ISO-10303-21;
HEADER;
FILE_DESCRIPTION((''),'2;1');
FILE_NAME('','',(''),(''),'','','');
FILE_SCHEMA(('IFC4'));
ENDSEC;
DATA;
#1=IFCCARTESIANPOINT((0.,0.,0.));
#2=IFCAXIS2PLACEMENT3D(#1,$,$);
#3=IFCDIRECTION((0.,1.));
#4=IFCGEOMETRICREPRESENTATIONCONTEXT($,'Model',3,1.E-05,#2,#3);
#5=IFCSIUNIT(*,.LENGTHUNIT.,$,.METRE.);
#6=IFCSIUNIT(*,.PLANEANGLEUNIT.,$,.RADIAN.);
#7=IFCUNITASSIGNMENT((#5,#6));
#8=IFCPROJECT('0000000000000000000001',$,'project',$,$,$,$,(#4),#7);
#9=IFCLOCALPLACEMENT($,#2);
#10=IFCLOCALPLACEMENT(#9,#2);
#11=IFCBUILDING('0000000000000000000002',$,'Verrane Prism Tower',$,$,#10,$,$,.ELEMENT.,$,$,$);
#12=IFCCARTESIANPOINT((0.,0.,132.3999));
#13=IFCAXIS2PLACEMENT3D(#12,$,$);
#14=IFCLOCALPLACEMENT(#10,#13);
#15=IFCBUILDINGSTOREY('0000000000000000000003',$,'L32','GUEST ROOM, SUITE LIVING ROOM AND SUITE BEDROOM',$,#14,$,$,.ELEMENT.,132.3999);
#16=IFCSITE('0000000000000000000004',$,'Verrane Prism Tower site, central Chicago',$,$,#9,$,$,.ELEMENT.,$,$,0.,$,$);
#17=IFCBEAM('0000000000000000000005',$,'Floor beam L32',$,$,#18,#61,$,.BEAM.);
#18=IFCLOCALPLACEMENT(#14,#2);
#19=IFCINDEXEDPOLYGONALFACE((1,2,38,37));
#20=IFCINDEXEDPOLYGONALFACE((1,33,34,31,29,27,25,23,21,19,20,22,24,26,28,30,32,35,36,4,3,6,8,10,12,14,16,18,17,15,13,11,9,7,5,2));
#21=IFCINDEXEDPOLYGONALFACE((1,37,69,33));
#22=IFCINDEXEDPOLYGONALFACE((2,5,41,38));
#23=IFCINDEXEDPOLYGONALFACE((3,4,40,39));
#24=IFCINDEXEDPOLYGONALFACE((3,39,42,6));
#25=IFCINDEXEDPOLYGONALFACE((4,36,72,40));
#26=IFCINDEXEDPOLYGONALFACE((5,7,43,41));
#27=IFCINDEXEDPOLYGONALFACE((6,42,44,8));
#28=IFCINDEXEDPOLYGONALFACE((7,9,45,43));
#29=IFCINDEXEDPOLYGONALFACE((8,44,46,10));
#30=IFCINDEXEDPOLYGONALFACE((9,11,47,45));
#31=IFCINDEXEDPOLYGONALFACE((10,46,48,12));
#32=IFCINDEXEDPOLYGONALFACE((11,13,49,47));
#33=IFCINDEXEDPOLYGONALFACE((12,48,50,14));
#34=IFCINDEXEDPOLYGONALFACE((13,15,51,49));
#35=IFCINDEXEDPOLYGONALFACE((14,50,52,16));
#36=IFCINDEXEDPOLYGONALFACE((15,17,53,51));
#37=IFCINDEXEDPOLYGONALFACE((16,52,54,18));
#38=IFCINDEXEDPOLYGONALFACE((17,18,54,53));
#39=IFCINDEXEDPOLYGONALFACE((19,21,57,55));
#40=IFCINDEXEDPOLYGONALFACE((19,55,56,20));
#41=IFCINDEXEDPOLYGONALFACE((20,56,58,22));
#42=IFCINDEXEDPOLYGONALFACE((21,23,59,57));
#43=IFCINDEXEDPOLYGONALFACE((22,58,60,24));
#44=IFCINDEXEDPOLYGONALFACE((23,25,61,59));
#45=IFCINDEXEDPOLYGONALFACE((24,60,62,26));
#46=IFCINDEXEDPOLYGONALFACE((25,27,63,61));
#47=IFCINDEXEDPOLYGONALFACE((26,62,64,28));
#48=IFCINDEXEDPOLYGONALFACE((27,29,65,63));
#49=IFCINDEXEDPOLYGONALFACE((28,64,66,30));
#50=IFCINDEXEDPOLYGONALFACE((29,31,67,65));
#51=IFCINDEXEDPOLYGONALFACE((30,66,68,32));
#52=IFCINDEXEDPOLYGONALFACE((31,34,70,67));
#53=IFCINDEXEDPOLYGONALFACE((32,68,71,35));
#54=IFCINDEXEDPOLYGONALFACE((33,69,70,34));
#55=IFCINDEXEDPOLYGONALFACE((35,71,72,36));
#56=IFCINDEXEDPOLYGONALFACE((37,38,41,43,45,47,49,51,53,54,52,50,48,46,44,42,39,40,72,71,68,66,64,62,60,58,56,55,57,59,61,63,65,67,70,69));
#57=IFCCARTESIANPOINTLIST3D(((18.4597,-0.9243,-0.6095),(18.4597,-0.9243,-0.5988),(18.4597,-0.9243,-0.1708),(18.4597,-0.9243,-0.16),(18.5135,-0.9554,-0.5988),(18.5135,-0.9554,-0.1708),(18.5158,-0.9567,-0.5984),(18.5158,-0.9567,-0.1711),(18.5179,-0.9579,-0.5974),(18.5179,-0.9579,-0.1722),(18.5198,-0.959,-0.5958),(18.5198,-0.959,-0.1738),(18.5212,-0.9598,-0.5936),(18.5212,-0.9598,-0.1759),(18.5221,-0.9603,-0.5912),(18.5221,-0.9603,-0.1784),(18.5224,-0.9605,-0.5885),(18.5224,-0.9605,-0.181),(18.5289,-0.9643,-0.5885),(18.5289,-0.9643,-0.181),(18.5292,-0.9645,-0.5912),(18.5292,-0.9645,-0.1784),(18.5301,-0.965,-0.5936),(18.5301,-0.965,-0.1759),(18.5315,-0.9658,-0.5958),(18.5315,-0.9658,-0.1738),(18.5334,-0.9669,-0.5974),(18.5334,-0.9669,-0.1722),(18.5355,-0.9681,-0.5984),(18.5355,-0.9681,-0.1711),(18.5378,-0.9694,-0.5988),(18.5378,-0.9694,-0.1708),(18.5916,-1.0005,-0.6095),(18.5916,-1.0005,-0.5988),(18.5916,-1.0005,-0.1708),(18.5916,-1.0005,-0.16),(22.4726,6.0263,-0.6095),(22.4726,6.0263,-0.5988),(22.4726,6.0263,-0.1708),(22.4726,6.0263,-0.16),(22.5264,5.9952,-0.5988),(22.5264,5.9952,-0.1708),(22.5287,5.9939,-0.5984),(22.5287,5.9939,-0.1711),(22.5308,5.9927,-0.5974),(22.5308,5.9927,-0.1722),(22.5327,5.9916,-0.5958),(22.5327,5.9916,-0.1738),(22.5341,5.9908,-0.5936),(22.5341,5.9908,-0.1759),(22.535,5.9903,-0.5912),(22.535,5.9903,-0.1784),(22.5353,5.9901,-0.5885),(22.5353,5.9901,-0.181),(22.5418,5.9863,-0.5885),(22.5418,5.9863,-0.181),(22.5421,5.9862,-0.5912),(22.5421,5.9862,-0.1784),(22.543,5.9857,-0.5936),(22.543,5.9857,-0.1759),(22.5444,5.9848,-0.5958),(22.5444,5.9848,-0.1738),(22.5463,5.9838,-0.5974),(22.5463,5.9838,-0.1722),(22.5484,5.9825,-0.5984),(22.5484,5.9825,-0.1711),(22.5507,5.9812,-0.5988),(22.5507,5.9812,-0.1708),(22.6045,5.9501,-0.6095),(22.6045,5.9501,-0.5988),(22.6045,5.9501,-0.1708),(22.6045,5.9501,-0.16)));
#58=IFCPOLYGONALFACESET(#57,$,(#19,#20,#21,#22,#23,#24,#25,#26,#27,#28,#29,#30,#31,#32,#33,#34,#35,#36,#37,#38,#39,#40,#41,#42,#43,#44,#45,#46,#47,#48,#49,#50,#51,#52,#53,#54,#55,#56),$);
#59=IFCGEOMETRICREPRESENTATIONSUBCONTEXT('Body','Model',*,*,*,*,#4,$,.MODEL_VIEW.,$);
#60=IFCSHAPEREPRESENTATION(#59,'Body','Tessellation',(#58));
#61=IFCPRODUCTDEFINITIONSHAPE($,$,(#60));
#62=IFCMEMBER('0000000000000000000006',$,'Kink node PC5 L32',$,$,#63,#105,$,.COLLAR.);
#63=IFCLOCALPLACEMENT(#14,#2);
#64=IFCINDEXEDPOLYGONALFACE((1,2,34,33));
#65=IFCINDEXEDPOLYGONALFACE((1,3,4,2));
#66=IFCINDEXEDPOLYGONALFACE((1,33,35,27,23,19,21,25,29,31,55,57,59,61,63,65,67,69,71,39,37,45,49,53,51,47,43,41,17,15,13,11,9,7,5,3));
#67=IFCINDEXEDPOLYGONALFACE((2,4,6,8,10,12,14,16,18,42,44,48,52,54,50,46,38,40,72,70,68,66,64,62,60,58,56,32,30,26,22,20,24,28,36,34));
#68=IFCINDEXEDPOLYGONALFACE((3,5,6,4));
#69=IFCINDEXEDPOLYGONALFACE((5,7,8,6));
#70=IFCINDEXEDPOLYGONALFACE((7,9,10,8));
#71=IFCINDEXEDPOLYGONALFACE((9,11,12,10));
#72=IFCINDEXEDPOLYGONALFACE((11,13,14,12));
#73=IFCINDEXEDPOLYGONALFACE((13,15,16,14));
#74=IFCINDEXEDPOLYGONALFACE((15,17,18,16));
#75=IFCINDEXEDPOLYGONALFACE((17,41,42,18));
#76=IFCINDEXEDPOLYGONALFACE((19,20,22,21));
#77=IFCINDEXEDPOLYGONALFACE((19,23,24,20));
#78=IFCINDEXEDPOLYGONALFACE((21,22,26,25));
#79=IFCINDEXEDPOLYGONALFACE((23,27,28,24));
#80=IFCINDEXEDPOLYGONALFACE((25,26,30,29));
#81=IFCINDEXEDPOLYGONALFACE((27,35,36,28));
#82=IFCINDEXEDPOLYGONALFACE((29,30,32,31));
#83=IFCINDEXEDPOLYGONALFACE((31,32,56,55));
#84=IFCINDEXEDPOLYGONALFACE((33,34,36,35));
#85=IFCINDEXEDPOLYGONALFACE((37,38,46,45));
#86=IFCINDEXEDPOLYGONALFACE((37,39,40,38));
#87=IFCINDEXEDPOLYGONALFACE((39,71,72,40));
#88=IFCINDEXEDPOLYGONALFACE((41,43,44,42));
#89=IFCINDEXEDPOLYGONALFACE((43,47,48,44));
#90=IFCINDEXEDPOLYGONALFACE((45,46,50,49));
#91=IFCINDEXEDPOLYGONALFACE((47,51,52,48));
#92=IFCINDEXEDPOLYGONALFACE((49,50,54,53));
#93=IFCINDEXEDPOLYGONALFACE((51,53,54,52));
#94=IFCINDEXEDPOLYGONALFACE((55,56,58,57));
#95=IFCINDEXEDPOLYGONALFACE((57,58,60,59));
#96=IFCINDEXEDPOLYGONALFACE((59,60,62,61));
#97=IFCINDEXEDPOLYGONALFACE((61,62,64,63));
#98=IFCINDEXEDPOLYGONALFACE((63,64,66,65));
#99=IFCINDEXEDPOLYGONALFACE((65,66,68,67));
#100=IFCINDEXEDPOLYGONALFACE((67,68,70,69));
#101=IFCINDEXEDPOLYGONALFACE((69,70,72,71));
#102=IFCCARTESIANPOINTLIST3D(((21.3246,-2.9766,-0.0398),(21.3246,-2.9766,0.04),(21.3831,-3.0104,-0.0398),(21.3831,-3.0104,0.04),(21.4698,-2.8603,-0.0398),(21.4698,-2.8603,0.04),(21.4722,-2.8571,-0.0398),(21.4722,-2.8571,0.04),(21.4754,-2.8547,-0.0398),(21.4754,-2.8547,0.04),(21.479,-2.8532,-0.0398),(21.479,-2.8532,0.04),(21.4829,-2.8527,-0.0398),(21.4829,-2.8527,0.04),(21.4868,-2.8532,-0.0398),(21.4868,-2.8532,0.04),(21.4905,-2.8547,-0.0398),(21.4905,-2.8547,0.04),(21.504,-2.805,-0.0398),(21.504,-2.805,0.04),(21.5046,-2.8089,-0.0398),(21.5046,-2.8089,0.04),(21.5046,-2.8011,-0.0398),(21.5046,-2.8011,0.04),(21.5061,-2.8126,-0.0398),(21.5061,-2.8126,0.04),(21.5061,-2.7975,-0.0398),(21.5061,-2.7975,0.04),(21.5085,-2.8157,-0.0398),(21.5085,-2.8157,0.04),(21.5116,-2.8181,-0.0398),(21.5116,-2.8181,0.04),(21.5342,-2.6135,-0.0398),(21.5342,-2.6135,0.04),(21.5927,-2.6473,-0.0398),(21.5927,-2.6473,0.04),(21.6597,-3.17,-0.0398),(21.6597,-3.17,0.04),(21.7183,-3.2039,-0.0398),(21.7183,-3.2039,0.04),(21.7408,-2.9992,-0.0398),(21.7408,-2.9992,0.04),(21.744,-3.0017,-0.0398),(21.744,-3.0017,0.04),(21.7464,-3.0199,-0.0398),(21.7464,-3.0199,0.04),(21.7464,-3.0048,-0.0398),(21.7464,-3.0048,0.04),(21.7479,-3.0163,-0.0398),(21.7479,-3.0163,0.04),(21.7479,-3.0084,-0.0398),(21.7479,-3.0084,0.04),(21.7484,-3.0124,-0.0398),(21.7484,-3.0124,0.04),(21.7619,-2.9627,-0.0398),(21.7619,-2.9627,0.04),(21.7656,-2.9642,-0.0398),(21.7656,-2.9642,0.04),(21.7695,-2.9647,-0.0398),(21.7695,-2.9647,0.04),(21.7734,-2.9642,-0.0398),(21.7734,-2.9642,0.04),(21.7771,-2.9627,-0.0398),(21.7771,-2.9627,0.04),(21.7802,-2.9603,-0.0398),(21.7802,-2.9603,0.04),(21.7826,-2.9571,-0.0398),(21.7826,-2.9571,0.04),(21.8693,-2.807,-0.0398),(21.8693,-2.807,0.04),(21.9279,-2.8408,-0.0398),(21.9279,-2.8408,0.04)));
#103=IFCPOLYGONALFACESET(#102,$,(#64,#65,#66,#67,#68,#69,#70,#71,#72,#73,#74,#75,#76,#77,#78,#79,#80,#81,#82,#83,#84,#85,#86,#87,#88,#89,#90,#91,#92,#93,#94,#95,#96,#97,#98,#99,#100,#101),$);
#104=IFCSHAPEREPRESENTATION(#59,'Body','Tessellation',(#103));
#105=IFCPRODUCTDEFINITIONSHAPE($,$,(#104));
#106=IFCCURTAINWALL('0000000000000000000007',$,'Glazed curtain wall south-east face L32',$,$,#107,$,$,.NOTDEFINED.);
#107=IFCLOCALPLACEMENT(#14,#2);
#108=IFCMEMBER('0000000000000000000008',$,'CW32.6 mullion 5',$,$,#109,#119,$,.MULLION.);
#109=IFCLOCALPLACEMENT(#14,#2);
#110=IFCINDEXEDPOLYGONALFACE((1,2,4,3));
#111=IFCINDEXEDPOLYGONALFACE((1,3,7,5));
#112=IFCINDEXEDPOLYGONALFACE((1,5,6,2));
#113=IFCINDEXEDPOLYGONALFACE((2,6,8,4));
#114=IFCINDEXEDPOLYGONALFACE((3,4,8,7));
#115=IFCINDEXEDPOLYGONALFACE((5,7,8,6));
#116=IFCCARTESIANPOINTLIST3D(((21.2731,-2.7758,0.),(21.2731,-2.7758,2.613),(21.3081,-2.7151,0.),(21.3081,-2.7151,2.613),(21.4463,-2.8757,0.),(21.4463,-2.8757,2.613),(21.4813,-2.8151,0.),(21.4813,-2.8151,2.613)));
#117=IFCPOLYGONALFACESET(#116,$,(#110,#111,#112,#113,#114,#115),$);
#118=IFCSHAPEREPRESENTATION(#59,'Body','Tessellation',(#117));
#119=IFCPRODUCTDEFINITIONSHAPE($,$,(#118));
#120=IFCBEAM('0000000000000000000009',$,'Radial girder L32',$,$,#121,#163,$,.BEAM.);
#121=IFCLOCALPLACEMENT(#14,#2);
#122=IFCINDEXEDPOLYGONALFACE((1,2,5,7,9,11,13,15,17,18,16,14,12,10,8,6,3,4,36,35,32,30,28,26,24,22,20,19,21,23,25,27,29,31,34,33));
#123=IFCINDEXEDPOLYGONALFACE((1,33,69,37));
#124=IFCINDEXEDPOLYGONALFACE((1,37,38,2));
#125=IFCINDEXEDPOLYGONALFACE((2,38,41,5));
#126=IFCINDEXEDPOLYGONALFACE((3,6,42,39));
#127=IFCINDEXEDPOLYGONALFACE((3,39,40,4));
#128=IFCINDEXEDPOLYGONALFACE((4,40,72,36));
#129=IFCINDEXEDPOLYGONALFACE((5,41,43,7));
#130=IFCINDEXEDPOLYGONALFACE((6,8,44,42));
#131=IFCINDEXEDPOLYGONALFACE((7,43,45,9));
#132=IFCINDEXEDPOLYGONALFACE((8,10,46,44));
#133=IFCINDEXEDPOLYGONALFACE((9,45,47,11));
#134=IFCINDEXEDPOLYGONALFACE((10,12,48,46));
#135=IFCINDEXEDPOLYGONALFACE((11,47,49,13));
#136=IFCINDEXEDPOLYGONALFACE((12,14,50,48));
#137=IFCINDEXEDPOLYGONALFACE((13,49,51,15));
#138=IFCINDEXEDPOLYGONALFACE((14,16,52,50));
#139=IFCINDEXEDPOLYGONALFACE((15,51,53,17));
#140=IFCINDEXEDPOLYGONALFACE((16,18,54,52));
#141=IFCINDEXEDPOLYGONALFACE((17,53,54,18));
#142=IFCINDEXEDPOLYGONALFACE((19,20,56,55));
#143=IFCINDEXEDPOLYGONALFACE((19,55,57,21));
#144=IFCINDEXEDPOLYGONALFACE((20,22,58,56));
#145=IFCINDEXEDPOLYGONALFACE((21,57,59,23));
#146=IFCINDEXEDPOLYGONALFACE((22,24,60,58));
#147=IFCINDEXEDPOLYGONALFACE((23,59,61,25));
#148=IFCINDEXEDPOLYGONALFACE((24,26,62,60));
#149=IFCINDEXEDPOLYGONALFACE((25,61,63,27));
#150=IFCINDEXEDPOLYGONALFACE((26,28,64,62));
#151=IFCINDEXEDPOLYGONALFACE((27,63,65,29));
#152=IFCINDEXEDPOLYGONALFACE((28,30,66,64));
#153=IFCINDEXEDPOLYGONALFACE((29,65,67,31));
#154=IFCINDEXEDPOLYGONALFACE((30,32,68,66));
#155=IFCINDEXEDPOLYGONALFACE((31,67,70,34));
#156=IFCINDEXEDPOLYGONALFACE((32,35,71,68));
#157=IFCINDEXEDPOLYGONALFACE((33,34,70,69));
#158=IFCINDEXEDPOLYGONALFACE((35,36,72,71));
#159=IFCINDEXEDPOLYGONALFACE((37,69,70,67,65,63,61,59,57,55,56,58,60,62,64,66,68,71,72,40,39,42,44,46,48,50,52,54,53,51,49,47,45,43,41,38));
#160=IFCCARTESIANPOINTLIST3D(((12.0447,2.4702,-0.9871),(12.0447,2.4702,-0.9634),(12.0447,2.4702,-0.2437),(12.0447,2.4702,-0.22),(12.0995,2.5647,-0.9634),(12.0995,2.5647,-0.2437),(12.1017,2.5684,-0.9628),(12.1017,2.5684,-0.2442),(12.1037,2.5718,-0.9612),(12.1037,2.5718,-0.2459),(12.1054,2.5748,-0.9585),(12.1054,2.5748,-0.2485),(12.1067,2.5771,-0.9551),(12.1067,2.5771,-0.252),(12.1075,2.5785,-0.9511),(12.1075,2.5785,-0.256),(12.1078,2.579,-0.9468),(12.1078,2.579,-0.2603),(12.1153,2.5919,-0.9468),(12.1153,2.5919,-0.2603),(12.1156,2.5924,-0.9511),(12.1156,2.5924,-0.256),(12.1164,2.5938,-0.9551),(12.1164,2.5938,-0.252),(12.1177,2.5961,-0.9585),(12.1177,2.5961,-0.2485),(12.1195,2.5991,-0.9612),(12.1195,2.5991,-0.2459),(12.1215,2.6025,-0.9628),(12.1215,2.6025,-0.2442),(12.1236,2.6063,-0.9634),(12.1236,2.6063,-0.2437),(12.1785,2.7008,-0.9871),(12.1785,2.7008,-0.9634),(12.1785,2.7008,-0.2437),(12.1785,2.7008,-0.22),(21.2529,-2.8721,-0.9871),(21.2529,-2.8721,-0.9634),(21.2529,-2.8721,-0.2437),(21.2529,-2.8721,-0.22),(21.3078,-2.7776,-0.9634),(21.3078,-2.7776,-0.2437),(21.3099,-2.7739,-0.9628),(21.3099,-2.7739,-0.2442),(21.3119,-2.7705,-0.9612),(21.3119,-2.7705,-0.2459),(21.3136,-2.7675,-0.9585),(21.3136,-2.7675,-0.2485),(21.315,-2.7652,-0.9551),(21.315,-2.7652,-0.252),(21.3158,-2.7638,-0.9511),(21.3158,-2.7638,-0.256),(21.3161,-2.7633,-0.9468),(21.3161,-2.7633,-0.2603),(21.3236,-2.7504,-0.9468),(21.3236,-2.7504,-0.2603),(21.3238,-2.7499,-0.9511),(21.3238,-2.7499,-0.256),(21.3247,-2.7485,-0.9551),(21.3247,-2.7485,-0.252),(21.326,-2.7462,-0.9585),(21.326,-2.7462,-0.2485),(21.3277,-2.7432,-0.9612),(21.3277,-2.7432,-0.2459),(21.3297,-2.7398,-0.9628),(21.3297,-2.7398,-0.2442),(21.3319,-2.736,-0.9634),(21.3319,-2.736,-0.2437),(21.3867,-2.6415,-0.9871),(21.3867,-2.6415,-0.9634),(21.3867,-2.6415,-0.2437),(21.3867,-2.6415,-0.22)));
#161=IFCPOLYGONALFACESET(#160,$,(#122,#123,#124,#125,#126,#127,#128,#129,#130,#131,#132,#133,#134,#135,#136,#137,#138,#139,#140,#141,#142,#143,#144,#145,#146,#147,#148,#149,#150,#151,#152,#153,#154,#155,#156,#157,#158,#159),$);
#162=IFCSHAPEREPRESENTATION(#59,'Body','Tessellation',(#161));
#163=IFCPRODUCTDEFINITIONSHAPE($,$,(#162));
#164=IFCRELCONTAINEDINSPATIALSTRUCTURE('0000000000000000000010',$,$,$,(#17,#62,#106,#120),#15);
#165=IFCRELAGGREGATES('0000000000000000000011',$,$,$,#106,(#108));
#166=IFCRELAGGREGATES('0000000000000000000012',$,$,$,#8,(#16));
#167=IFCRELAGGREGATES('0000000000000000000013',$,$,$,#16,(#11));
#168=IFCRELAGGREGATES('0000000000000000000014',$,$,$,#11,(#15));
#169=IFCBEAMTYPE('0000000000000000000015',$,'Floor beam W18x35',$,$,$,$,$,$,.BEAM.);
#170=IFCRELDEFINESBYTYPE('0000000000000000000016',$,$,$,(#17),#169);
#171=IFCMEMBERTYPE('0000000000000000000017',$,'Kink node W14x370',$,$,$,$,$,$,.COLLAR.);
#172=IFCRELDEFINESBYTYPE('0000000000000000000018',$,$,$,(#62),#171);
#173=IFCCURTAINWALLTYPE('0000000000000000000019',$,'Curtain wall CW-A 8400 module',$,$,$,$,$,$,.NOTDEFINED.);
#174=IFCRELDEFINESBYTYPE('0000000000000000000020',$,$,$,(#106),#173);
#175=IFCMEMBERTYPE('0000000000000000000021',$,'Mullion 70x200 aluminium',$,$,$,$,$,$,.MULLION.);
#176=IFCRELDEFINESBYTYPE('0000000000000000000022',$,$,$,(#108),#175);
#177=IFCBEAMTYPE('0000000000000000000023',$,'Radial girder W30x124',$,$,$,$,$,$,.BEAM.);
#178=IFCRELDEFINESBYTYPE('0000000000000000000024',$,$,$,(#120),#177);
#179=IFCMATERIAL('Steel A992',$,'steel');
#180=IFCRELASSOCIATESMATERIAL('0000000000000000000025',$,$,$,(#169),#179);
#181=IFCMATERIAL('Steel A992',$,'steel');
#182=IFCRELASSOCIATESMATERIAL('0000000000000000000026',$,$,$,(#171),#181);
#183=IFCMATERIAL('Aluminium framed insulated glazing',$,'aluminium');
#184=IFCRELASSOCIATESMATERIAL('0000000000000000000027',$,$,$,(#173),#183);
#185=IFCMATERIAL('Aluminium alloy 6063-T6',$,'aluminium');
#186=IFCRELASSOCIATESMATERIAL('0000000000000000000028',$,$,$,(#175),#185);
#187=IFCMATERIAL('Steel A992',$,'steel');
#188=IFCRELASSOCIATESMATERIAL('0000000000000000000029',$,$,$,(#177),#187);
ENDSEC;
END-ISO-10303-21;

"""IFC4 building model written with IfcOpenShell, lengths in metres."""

from ifc_helpers import new_model, si_unit, direction, frame, origin, origin_2d, place, context, subcontext, project, spatial, rectangle, i_section, extrude, material, material_profile, profile_set, type_object, element, aggregate, save


model = new_model("IFC4")

# Units and contexts
model_context = context("Model", 3, precision=1e-05, world=origin(), true_north=direction((0.0, 1.0)))
body_context = subcontext(model_context, "Body", "Model", "MODEL_VIEW")
ifc_project = project(units=[si_unit("LENGTHUNIT", "METRE"), si_unit("PLANEANGLEUNIT", "RADIAN")], contexts=[model_context])

# Site, building, storey
site_placement = place(None, origin())
site = spatial("IfcSite", under=ifc_project, at=site_placement, Name="Verrane Prism Tower site, central Chicago", CompositionType="ELEMENT", RefElevation=0.0)
building_placement = place(site_placement, origin())
building = spatial("IfcBuilding", under=site, at=building_placement, Name="Verrane Prism Tower", CompositionType="ELEMENT")
storey_placement = place(building_placement, frame((0.0, 0.0, 132.3999)))
storey = spatial("IfcBuildingStorey", under=building, at=storey_placement, Name="L32", Description="GUEST ROOM, SUITE LIVING ROOM AND SUITE BEDROOM", CompositionType="ELEMENT", Elevation=132.3999)

# Beam
ifc_material_1 = material(Name="Steel A992", Category="steel")
ifc_material_profile_1 = material_profile(ifc_material_1, i_section(OverallWidth=0.1523, OverallDepth=0.4495, WebThickness=0.0076, FlangeThickness=0.0107, FilletRadius=0.0103, at=origin_2d()), Name="W18x35")
ifc_profile_set_1 = profile_set([ifc_material_profile_1], Name="Steel A992")
beam_type_1 = type_object("IfcBeamType", Name="Floor beam W18x35", PredefinedType="BEAM", material=ifc_profile_set_1)
beam_1_placement = place(storey_placement, frame((18.5256, -0.9624, -0.3848), z_axis=(0.499996, 0.866028, 0.0), x_axis=(-0.866028, 0.499996, 0.0)))
element("IfcBeam", 1, at=beam_1_placement, inside=storey, type_object=beam_type_1, Name="Floor beam L32", PredefinedType="BEAM", context=body_context, shape_type="SweptSolid", body=[
    extrude(i_section(OverallWidth=0.1523, OverallDepth=0.4495, WebThickness=0.0076, FlangeThickness=0.0107, FilletRadius=0.0103, at=origin_2d()), origin(), (0.0, 0.0, 1.0), 8.0259),
])

# Member
ifc_material_2 = material(Name="Steel A992", Category="steel")
ifc_material_profile_2 = material_profile(ifc_material_2, i_section(OverallWidth=0.4192, OverallDepth=0.4546, WebThickness=0.0422, FlangeThickness=0.0676, FilletRadius=0.0151, at=origin_2d()), Name="W14x370")
ifc_profile_set_2 = profile_set([ifc_material_profile_2], Name="Steel A992")
member_type_1 = type_object("IfcMemberType", Name="Kink node W14x370", PredefinedType="COLLAR", material=ifc_profile_set_2)
member_1_placement = place(storey_placement, frame((21.6262, -2.9087, -0.0398), z_axis=(0.0, 0.0, 1.0), x_axis=(-0.5, -0.866025, 0.0)))
element("IfcMember", 2, at=member_1_placement, inside=storey, type_object=member_type_1, Name="Kink node PC5 L32", PredefinedType="COLLAR", context=body_context, shape_type="SweptSolid", body=[
    extrude(i_section(OverallWidth=0.4192, OverallDepth=0.4546, WebThickness=0.0422, FlangeThickness=0.0676, FilletRadius=0.0151, at=origin_2d()), origin(), (0.0, 0.0, 1.0), 0.0798),
])

# Curtain wall, member
ifc_material_3 = material(Name="Aluminium framed insulated glazing", Category="aluminium")
curtain_wall_type = type_object("IfcCurtainWallType", Name="Curtain wall CW-A 8400 module", PredefinedType="NOTDEFINED", material=ifc_material_3)
curtain_wall_placement = place(storey_placement, origin())
curtain_wall = element("IfcCurtainWall", 3, at=curtain_wall_placement, inside=storey, type_object=curtain_wall_type, Name="Glazed curtain wall south-east face L32", PredefinedType="NOTDEFINED")
ifc_material_4 = material(Name="Aluminium alloy 6063-T6", Category="aluminium")
ifc_material_profile_3 = material_profile(ifc_material_4, rectangle(XDim=0.2, YDim=0.0701, at=origin_2d()), Name="Mullion 70x200 aluminium")
ifc_profile_set_3 = profile_set([ifc_material_profile_3], Name="Aluminium alloy 6063-T6")
member_type_2 = type_object("IfcMemberType", Name="Mullion 70x200 aluminium", PredefinedType="MULLION", material=ifc_profile_set_3)
member_2_placement = place(storey_placement, frame((21.3772, -2.7954, 0.0), z_axis=(0.0, 0.0, 1.0), x_axis=(-0.866025, 0.5, 0.0)))
member_2 = element("IfcMember", 4, at=member_2_placement, type_object=member_type_2, Name="CW32.6 mullion 5", PredefinedType="MULLION", context=body_context, shape_type="SweptSolid", body=[
    extrude(rectangle(XDim=0.2, YDim=0.0701, at=origin_2d()), origin(), (0.0, 0.0, 1.0), 2.613),
])

# Beam
ifc_material_5 = material(Name="Steel A992", Category="steel")
ifc_material_profile_4 = material_profile(ifc_material_5, i_section(OverallWidth=0.2666, OverallDepth=0.7671, WebThickness=0.0149, FlangeThickness=0.0237, FilletRadius=0.0166, at=origin_2d()), Name="W30x124")
ifc_profile_set_4 = profile_set([ifc_material_profile_4], Name="Steel A992")
beam_type_2 = type_object("IfcBeamType", Name="Radial girder W30x124", PredefinedType="BEAM", material=ifc_profile_set_4)
beam_2_placement = place(storey_placement, frame((21.3198, -2.7568, -0.6035), z_axis=(-0.86497, 0.501823, 0.0), x_axis=(-0.501823, -0.86497, 0.0)))
element("IfcBeam", 5, at=beam_2_placement, inside=storey, type_object=beam_type_2, Name="Radial girder L32", PredefinedType="BEAM", context=body_context, shape_type="SweptSolid", body=[
    extrude(i_section(OverallWidth=0.2666, OverallDepth=0.7671, WebThickness=0.0149, FlangeThickness=0.0237, FilletRadius=0.0166, at=origin_2d()), origin(), (0.0, 0.0, 1.0), 10.6458),
])

aggregate(curtain_wall, [member_2])

save(model, "model.ifc")
